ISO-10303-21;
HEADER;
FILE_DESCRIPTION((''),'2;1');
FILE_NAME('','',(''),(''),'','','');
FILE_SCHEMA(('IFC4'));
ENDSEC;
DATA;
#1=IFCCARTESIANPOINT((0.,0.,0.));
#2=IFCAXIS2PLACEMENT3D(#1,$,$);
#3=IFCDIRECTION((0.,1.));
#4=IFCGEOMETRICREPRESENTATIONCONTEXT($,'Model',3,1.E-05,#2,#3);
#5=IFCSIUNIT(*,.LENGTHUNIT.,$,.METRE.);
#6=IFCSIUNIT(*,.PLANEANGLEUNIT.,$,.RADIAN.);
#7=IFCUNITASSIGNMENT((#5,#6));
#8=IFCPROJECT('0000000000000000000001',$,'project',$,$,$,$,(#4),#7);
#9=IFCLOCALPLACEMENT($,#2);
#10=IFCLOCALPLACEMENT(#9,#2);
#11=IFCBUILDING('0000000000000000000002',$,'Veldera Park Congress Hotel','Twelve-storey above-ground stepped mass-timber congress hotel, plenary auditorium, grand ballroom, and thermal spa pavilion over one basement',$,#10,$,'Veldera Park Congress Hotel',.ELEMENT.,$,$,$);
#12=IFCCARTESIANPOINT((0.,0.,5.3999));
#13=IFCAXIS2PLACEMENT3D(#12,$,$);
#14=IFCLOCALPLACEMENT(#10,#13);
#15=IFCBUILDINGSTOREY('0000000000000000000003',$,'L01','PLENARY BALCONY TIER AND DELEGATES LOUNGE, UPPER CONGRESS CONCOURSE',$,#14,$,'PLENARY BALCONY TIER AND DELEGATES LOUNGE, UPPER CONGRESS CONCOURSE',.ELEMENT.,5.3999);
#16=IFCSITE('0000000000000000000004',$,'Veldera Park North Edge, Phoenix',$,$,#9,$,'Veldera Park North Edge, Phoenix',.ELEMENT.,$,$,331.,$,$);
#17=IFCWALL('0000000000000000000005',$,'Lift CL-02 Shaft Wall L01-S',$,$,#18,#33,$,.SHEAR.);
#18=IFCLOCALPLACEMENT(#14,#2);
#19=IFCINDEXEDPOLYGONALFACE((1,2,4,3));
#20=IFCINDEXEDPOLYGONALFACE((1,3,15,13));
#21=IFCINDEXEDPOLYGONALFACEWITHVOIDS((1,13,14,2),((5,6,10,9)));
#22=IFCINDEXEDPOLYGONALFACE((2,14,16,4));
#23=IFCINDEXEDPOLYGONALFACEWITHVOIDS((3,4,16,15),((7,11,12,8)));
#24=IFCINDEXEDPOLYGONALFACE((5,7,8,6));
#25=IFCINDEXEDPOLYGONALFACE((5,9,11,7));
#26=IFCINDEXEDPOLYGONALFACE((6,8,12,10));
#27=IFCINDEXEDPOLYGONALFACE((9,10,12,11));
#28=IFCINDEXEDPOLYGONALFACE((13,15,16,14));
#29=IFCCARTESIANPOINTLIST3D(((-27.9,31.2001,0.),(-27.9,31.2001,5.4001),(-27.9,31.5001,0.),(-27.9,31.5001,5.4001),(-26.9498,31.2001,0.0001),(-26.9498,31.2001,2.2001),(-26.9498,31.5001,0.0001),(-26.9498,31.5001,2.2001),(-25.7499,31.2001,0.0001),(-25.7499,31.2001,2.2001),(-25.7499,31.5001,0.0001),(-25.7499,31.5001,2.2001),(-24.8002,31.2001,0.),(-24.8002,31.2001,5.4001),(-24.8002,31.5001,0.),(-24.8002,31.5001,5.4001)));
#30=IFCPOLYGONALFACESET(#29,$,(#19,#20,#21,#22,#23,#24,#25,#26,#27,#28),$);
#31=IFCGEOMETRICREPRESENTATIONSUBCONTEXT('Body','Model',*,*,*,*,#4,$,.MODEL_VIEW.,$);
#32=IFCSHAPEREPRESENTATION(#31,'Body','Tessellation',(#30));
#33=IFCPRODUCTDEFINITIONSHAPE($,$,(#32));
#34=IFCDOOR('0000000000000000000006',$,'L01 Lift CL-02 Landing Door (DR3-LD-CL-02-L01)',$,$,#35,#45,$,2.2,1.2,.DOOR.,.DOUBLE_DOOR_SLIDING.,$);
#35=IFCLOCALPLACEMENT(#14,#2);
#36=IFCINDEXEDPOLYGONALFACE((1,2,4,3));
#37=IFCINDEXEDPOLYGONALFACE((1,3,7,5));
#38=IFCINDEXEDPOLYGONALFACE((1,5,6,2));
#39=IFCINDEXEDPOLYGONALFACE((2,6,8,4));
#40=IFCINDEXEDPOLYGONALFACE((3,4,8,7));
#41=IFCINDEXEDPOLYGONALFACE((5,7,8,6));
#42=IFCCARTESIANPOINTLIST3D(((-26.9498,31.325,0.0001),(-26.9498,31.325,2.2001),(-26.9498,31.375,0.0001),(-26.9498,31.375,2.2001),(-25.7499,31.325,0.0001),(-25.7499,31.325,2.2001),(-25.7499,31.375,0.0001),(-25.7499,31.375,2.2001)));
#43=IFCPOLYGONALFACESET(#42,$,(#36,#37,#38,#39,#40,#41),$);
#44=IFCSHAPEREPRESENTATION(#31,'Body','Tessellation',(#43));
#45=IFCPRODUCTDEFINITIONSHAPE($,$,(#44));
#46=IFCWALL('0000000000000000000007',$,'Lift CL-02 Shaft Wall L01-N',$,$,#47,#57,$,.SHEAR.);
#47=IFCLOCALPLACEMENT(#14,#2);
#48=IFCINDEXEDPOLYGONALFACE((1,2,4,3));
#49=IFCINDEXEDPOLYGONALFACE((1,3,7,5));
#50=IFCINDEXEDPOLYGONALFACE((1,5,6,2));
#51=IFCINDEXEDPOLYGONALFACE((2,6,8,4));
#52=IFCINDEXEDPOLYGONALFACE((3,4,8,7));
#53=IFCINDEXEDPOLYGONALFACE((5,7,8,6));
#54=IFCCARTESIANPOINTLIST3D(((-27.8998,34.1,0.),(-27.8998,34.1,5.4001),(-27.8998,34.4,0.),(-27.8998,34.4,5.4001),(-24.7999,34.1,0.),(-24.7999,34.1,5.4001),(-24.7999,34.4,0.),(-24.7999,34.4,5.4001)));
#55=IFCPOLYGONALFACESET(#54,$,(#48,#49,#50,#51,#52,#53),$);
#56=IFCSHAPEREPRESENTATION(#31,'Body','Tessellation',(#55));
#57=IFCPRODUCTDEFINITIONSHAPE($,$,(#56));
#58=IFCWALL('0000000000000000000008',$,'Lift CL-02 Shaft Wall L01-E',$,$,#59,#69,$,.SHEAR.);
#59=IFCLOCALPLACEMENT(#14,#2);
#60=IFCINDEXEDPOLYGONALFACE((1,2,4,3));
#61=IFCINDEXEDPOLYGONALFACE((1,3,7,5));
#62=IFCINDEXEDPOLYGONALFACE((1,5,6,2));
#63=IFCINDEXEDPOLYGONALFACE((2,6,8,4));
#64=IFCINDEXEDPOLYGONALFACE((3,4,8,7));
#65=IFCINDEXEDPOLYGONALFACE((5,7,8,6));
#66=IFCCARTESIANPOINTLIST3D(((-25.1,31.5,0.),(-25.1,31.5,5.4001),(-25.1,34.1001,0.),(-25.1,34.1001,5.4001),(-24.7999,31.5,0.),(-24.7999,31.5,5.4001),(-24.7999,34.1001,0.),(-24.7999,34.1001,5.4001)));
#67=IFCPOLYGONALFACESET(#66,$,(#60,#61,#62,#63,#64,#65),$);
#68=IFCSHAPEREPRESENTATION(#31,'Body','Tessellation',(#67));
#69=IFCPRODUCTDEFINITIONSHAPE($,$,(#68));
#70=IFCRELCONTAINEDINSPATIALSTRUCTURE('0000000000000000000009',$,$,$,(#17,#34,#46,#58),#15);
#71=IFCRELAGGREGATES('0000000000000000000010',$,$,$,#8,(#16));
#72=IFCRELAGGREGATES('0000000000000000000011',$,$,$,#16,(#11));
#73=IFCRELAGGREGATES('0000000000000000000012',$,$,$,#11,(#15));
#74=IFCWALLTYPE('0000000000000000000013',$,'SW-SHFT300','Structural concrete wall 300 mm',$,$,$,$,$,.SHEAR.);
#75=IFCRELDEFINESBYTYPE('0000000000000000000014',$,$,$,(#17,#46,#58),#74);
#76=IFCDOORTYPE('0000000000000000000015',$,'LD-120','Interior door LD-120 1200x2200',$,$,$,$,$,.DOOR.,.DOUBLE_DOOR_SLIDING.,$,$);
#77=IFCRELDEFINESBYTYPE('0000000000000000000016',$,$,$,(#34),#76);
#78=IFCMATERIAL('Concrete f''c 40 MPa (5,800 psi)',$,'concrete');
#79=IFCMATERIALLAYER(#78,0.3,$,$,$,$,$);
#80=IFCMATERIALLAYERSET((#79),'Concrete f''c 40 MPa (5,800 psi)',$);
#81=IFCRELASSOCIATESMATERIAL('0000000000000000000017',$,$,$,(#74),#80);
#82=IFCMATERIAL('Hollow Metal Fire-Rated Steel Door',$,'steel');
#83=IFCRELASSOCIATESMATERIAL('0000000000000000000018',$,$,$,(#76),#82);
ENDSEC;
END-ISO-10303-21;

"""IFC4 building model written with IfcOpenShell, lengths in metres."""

from ifc_helpers import new_model, si_unit, direction, frame, frame_2d, origin, place, context, subcontext, project, spatial, rectangle, extrude, material, layer, layer_set, type_object, element, fill, save


model = new_model("IFC4")

# Units and contexts
model_context = context("Model", 3, precision=1e-05, world=origin(), true_north=direction((0.0, 1.0)))
body_context = subcontext(model_context, "Body", "Model", "MODEL_VIEW")
ifc_project = project(units=[si_unit("LENGTHUNIT", "METRE"), si_unit("PLANEANGLEUNIT", "RADIAN")], contexts=[model_context])

# Site, building, storey
site_placement = place(None, origin())
site = spatial("IfcSite", under=ifc_project, at=site_placement, Name="Veldera Park North Edge, Phoenix", LongName="Veldera Park North Edge, Phoenix", CompositionType="ELEMENT", RefElevation=331.0)
building_placement = place(site_placement, origin())
building = spatial("IfcBuilding", under=site, at=building_placement, Name="Veldera Park Congress Hotel", Description="Twelve-storey above-ground stepped mass-timber congress hotel, plenary auditorium, grand ballroom, and thermal spa pavilion over one basement", LongName="Veldera Park Congress Hotel", CompositionType="ELEMENT")
storey_placement = place(building_placement, frame((0.0, 0.0, 5.3999)))
storey = spatial("IfcBuildingStorey", under=building, at=storey_placement, Name="L01", Description="PLENARY BALCONY TIER AND DELEGATES LOUNGE, UPPER CONGRESS CONCOURSE", LongName="PLENARY BALCONY TIER AND DELEGATES LOUNGE, UPPER CONGRESS CONCOURSE", CompositionType="ELEMENT", Elevation=5.3999)

# Shared definitions
ifc_material_1 = material(Name="Concrete f'c 40 MPa (5,800 psi)", Category="concrete")
ifc_layer_1 = layer(ifc_material_1, 0.3)
ifc_layer_set_1 = layer_set([ifc_layer_1], Name="Concrete f'c 40 MPa (5,800 psi)")
wall_type_1 = type_object("IfcWallType", Name="SW-SHFT300", Description="Structural concrete wall 300 mm", PredefinedType="SHEAR", material=ifc_layer_set_1)
ifc_material_2 = material(Name="Hollow Metal Fire-Rated Steel Door", Category="steel")
door_type = type_object("IfcDoorType", Name="LD-120", Description="Interior door LD-120 1200x2200", OperationType="DOUBLE_DOOR_SLIDING", PredefinedType="DOOR", material=ifc_material_2)

# Wall, opening, door
wall_1_placement = place(storey_placement, frame((-27.8999, 31.3501, 0.0), z_axis=(0.0, 0.0, 1.0), x_axis=(1.0, 0.0, 0.0)))
wall_1 = element("IfcWall", 1, at=wall_1_placement, inside=storey, type_object=wall_type_1, Name="Lift CL-02 Shaft Wall L01-S", PredefinedType="SHEAR", context=body_context, shape_type="SweptSolid", body=[
    extrude(rectangle(XDim=3.0999, YDim=0.3, at=frame_2d((1.5498, 0.0))), origin(), (0.0, 0.0, 1.0), 5.4001),
])
opening_1_placement = place(wall_1_placement, frame((0.95, 0.0, 0.0)))
opening_1 = element("IfcOpeningElement", 2, at=opening_1_placement, cuts=wall_1, PredefinedType="OPENING", context=body_context, shape_type="SweptSolid", body=[
    extrude(rectangle(XDim=1.2, YDim=2.2, at=frame_2d((0.6001, 1.1001))), frame((0.0, 0.1621, 0.0), z_axis=(0.0, -1.0, 0.0), x_axis=(1.0, 0.0, 0.0)), (0.0, 0.0, 1.0), 0.324),
])
door_1_placement = place(opening_1_placement, origin())
door_1 = element("IfcDoor", 3, at=door_1_placement, inside=storey, type_object=door_type, Name="L01 Lift CL-02 Landing Door (DR3-LD-CL-02-L01)", OperationType="DOUBLE_DOOR_SLIDING", OverallHeight=2.2, OverallWidth=1.2, PredefinedType="DOOR", context=body_context, shape_type="SweptSolid", body=[
    extrude(rectangle(XDim=1.2, YDim=2.2, at=frame_2d((0.6001, 1.1001))), frame((0.0, 0.0249, 0.0), z_axis=(0.0, -1.0, 0.0), x_axis=(1.0, 0.0, 0.0)), (0.0, 0.0, 1.0), 0.05),
])
fill(opening_1, door_1)

# Walls
wall_2_placement = place(storey_placement, frame((-24.8, 34.25, 0.0), z_axis=(0.0, 0.0, 1.0), x_axis=(-1.0, 0.0, 0.0)))
element("IfcWall", 4, at=wall_2_placement, inside=storey, type_object=wall_type_1, Name="Lift CL-02 Shaft Wall L01-N", PredefinedType="SHEAR", context=body_context, shape_type="SweptSolid", body=[
    extrude(rectangle(XDim=3.0999, YDim=0.3, at=frame_2d((1.5498, 0.0))), origin(), (0.0, 0.0, 1.0), 5.4001),
])
wall_3_placement = place(storey_placement, frame((-24.95, 31.5, 0.0), z_axis=(0.0, 0.0, 1.0), x_axis=(0.0, 1.0, 0.0)))
element("IfcWall", 5, at=wall_3_placement, inside=storey, type_object=wall_type_1, Name="Lift CL-02 Shaft Wall L01-E", PredefinedType="SHEAR", context=body_context, shape_type="SweptSolid", body=[
    extrude(rectangle(XDim=2.6001, YDim=0.3, at=frame_2d((1.3, 0.0))), origin(), (0.0, 0.0, 1.0), 5.4001),
])

save(model, "model.ifc")
